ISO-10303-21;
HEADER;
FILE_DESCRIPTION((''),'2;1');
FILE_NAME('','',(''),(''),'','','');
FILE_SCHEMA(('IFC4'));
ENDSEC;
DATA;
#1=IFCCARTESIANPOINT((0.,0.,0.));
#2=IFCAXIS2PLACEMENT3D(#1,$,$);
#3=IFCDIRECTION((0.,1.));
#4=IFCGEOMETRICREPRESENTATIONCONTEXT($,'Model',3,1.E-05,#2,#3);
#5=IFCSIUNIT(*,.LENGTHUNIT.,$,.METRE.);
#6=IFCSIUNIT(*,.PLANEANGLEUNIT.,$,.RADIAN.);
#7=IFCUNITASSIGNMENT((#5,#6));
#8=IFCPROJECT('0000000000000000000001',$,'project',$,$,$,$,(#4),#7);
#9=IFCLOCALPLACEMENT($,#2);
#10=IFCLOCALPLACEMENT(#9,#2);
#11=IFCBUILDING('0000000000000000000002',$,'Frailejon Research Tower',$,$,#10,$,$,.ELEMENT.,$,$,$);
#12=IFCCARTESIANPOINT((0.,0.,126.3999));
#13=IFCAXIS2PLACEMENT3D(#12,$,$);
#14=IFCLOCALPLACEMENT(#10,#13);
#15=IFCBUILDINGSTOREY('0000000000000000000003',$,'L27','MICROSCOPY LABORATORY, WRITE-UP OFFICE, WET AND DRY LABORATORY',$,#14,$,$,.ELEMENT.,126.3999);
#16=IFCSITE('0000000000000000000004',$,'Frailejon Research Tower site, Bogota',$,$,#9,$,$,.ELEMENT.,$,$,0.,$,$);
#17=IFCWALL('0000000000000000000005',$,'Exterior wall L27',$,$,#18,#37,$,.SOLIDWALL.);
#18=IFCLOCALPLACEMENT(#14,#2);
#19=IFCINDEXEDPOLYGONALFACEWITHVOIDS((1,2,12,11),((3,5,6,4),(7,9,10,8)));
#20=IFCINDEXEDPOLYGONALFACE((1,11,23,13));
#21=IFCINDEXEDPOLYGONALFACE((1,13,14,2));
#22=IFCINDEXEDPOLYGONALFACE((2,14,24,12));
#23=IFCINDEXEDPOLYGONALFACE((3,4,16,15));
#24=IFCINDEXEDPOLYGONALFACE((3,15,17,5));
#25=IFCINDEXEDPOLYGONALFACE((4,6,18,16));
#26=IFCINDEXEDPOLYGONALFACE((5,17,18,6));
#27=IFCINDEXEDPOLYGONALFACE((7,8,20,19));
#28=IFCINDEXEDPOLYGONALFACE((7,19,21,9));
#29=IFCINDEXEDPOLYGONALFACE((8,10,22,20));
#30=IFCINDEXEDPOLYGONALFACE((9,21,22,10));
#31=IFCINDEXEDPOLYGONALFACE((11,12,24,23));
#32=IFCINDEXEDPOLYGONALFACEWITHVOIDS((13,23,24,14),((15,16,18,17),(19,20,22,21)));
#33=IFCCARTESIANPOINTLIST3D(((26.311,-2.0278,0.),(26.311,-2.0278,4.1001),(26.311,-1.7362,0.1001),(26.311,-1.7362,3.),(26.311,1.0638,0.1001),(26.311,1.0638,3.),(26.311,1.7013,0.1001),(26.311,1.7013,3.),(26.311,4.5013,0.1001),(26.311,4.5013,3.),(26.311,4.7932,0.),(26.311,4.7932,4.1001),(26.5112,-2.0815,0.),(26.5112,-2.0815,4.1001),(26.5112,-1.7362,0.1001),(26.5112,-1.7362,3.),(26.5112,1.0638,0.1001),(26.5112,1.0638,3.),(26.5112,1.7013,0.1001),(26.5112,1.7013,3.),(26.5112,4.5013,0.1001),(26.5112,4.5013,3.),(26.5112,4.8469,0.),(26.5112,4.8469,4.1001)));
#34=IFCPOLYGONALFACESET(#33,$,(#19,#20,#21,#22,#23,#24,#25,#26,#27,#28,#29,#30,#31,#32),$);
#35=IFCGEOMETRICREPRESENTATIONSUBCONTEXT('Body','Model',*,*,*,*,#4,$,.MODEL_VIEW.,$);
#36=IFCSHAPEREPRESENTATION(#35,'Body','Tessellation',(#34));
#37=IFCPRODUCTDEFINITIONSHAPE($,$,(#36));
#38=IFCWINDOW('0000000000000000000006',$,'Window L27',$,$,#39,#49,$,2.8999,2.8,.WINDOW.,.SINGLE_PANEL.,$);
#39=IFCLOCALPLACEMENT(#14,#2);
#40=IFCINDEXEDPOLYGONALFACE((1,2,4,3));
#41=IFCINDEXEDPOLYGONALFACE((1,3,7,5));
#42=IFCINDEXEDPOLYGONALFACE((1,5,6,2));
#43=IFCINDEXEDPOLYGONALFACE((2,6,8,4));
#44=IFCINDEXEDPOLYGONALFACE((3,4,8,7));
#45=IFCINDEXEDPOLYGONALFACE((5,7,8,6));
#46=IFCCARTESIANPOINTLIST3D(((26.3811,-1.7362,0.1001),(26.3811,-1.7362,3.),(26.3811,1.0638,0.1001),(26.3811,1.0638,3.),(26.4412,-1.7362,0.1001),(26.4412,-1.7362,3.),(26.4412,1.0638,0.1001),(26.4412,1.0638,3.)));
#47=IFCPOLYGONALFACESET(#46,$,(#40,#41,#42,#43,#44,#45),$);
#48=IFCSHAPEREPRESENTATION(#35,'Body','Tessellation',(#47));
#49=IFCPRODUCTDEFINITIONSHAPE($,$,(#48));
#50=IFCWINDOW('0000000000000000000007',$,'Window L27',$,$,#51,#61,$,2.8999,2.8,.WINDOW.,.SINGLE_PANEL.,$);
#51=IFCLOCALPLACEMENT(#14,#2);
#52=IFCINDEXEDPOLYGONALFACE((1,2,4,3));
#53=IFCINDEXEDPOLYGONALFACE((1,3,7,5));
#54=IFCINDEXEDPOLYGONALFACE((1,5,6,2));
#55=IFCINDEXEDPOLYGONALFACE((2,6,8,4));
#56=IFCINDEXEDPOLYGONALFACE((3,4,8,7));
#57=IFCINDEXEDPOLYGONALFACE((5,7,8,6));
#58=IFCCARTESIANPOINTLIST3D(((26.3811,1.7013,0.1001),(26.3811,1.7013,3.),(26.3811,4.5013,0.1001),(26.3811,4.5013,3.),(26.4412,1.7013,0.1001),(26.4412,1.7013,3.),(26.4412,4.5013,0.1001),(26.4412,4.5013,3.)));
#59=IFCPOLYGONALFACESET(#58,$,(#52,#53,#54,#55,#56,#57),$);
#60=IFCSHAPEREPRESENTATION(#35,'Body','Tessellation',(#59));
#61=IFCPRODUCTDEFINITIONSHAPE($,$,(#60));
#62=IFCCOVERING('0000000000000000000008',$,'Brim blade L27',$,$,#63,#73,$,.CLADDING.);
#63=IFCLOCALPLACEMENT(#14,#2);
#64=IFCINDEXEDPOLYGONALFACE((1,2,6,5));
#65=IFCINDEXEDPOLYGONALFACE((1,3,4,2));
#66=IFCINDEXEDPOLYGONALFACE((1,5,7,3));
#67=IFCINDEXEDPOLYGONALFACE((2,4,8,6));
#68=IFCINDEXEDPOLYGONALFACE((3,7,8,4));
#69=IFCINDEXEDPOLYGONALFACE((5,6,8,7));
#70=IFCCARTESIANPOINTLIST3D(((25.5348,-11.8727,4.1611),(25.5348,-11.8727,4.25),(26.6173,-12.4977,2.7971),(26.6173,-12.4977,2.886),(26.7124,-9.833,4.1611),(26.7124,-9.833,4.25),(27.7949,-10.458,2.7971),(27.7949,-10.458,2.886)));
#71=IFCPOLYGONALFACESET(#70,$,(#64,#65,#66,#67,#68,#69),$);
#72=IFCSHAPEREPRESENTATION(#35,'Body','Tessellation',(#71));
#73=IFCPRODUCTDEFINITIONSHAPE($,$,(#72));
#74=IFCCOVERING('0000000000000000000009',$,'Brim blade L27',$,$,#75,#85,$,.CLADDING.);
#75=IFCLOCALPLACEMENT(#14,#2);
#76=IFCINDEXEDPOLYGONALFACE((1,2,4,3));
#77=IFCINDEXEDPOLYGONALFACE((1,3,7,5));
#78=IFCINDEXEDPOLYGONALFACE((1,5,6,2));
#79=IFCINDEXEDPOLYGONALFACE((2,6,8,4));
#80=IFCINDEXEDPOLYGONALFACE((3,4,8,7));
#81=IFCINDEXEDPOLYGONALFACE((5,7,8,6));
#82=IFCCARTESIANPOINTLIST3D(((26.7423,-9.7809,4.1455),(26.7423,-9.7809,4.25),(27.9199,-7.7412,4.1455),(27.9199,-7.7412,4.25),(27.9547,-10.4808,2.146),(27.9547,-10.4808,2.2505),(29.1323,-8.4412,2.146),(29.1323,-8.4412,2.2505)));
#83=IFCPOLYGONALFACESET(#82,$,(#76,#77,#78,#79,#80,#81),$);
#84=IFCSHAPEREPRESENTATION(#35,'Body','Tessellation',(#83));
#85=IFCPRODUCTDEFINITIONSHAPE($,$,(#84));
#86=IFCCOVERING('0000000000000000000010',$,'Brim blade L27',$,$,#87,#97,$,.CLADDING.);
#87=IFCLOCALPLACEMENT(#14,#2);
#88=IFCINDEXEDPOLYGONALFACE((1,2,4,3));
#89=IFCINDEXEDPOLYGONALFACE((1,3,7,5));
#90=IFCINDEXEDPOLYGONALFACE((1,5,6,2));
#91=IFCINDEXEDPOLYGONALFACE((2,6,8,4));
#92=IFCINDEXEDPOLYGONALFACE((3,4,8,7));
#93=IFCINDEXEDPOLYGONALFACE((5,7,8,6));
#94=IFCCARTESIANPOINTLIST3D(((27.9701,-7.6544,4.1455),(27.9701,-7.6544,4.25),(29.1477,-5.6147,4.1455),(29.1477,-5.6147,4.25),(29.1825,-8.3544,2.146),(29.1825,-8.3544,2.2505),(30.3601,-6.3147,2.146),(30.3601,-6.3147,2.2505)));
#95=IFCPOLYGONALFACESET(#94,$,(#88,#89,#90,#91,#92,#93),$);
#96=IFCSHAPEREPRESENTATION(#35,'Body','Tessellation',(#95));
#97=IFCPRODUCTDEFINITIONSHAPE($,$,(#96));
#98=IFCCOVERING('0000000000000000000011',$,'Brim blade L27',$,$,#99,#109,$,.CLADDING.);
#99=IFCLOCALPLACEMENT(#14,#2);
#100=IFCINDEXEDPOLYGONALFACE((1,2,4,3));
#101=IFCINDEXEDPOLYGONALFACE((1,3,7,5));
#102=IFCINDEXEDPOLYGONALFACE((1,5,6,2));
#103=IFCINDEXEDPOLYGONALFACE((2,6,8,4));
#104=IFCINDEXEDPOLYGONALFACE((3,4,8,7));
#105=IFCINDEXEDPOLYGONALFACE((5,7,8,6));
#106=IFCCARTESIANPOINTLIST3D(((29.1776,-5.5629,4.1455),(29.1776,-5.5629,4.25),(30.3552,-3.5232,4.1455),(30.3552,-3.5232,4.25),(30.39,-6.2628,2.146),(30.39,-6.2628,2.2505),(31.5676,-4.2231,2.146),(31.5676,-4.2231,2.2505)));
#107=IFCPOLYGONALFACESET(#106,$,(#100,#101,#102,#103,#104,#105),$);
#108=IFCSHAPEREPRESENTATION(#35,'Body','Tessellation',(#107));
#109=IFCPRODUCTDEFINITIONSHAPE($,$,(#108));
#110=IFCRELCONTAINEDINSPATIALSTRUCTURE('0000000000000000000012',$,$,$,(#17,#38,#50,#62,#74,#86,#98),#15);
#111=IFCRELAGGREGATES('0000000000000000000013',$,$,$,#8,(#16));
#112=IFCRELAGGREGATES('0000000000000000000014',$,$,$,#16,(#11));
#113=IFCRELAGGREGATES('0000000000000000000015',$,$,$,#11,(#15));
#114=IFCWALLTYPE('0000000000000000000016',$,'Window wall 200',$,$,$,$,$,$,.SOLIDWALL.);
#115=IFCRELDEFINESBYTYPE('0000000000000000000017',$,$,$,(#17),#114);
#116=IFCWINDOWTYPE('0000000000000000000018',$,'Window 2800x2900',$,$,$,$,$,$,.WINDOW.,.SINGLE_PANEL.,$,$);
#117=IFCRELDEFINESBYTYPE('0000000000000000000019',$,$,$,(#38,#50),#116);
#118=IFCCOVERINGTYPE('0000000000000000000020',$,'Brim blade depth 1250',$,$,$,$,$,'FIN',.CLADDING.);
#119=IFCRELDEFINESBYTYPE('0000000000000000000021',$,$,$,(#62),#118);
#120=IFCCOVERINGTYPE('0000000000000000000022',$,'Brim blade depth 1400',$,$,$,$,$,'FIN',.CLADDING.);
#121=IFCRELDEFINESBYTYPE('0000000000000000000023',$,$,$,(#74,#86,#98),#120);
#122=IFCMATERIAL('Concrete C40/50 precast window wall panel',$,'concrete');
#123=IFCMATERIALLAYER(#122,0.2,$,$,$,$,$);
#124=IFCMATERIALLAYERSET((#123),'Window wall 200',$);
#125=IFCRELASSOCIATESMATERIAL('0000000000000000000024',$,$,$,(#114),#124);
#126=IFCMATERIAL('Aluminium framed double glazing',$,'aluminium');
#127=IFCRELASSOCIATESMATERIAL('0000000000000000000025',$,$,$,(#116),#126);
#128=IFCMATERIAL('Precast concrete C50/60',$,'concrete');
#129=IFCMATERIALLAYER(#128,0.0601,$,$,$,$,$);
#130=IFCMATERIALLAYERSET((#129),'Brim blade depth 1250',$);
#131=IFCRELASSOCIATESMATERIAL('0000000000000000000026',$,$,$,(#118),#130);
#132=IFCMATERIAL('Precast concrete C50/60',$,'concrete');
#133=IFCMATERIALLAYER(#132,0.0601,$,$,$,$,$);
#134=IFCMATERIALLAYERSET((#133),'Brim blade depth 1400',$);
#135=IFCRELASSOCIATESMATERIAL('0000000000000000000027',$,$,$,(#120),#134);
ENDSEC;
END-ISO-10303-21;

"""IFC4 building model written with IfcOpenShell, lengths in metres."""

from ifc_helpers import new_model, si_unit, direction, frame, frame_2d, origin, place, context, subcontext, project, spatial, polyline, rectangle, outline, extrude, material, layer, layer_set, type_object, element, fill, save


model = new_model("IFC4")

# Units and contexts
model_context = context("Model", 3, precision=1e-05, world=origin(), true_north=direction((0.0, 1.0)))
body_context = subcontext(model_context, "Body", "Model", "MODEL_VIEW")
ifc_project = project(units=[si_unit("LENGTHUNIT", "METRE"), si_unit("PLANEANGLEUNIT", "RADIAN")], contexts=[model_context])

# Site, building, storey
site_placement = place(None, origin())
site = spatial("IfcSite", under=ifc_project, at=site_placement, Name="Frailejon Research Tower site, Bogota", CompositionType="ELEMENT", RefElevation=0.0)
building_placement = place(site_placement, origin())
building = spatial("IfcBuilding", under=site, at=building_placement, Name="Frailejon Research Tower", CompositionType="ELEMENT")
storey_placement = place(building_placement, frame((0.0, 0.0, 126.3999)))
storey = spatial("IfcBuildingStorey", under=building, at=storey_placement, Name="L27", Description="MICROSCOPY LABORATORY, WRITE-UP OFFICE, WET AND DRY LABORATORY", CompositionType="ELEMENT", Elevation=126.3999)

# Wall, openings, windows
ifc_material_1 = material(Name="Concrete C40/50 precast window wall panel", Category="concrete")
ifc_layer_1 = layer(ifc_material_1, 0.2)
ifc_layer_set_1 = layer_set([ifc_layer_1], Name="Window wall 200")
wall_type_1 = type_object("IfcWallType", Name="Window wall 200", PredefinedType="SOLIDWALL", material=ifc_layer_set_1)
wall_1_placement = place(storey_placement, frame((26.4111, -2.0547, 0.0), z_axis=(0.0, 0.0, 1.0), x_axis=(0.0, 1.0, 0.0)))
wall_1 = element("IfcWall", 1, at=wall_1_placement, inside=storey, type_object=wall_type_1, Name="Exterior wall L27", PredefinedType="SOLIDWALL", context=body_context, shape_type="SweptSolid", body=[
    extrude(outline(polyline([(-0.0269, -0.1001), (1.1279, -0.1001), (2.2827, -0.1001), (3.4375, -0.1001), (4.592, -0.1001), (5.7468, -0.1001), (6.9016, -0.1001), (6.8479, 0.1001), (5.7109, 0.1001), (4.5742, 0.1001), (3.4375, 0.1001), (2.3005, 0.1001), (1.1636, 0.1001), (0.0269, 0.1001), (-0.0269, -0.1001)])), origin(), (0.0, 0.0, 1.0), 4.1001),
])
opening_1_placement = place(wall_1_placement, frame((0.3186, 0.0, 0.1001)))
opening_1 = element("IfcOpeningElement", 2, at=opening_1_placement, cuts=wall_1, PredefinedType="OPENING", context=body_context, shape_type="SweptSolid", body=[
    extrude(rectangle(XDim=2.8, YDim=2.8999, at=frame_2d((1.3999, 1.45))), frame((0.0, 0.1099, 0.0), z_axis=(0.0, -1.0, 0.0), x_axis=(1.0, 0.0, 0.0)), (0.0, 0.0, 1.0), 0.22),
])
opening_2_placement = place(wall_1_placement, frame((3.7561, 0.0, 0.1001)))
opening_2 = element("IfcOpeningElement", 3, at=opening_2_placement, cuts=wall_1, PredefinedType="OPENING", context=body_context, shape_type="SweptSolid", body=[
    extrude(rectangle(XDim=2.8, YDim=2.8999, at=frame_2d((1.3999, 1.45))), frame((0.0, 0.1099, 0.0), z_axis=(0.0, -1.0, 0.0), x_axis=(1.0, 0.0, 0.0)), (0.0, 0.0, 1.0), 0.22),
])
ifc_material_2 = material(Name="Aluminium framed double glazing", Category="aluminium")
window_type = type_object("IfcWindowType", Name="Window 2800x2900", PartitioningType="SINGLE_PANEL", PredefinedType="WINDOW", material=ifc_material_2)
window_1_placement = place(opening_1_placement, origin())
window_1 = element("IfcWindow", 4, at=window_1_placement, inside=storey, type_object=window_type, Name="Window L27", OverallHeight=2.8999, OverallWidth=2.8, PartitioningType="SINGLE_PANEL", PredefinedType="WINDOW", context=body_context, shape_type="SweptSolid", body=[
    extrude(rectangle(XDim=2.8, YDim=2.8999, at=frame_2d((1.3999, 1.45))), frame((0.0, 0.03, 0.0), z_axis=(0.0, -1.0, 0.0), x_axis=(1.0, 0.0, 0.0)), (0.0, 0.0, 1.0), 0.0601),
])
fill(opening_1, window_1)
window_2_placement = place(opening_2_placement, origin())
window_2 = element("IfcWindow", 5, at=window_2_placement, inside=storey, type_object=window_type, Name="Window L27", OverallHeight=2.8999, OverallWidth=2.8, PartitioningType="SINGLE_PANEL", PredefinedType="WINDOW", context=body_context, shape_type="SweptSolid", body=[
    extrude(rectangle(XDim=2.8, YDim=2.8999, at=frame_2d((1.3999, 1.45))), frame((0.0, 0.03, 0.0), z_axis=(0.0, -1.0, 0.0), x_axis=(1.0, 0.0, 0.0)), (0.0, 0.0, 1.0), 0.0601),
])
fill(opening_2, window_2)

# Coverings
ifc_material_3 = material(Name="Precast concrete C50/60", Category="concrete")
ifc_layer_2 = layer(ifc_material_3, 0.0601)
ifc_layer_set_2 = layer_set([ifc_layer_2], Name="Brim blade depth 1250")
covering_type_1 = type_object("IfcCoveringType", Name="Brim blade depth 1250", ElementType="FIN", PredefinedType="CLADDING", material=ifc_layer_set_2)
covering_placement = place(storey_placement, frame((26.7124, -9.833, 4.25), z_axis=(-0.499997, -0.866027, 0.0), x_axis=(0.866027, -0.499997, 0.0)))
element("IfcCovering", 6, at=covering_placement, inside=storey, type_object=covering_type_1, Name="Brim blade L27", PredefinedType="CLADDING", context=body_context, shape_type="SweptSolid", body=[
    extrude(outline(polyline([(0.0, -0.0889), (1.25, -1.4529), (1.25, -1.364), (0.0, 0.0), (0.0, -0.0889)])), origin(), (0.0, 0.0, 1.0), 2.3552),
])
ifc_material_4 = material(Name="Precast concrete C50/60", Category="concrete")
ifc_layer_3 = layer(ifc_material_4, 0.0601)
ifc_layer_set_3 = layer_set([ifc_layer_3], Name="Brim blade depth 1400")
covering_type_2 = type_object("IfcCoveringType", Name="Brim blade depth 1400", ElementType="FIN", PredefinedType="CLADDING", material=ifc_layer_set_3)
for number, where, z_axis, x_axis, name in (
    (7, (27.9199, -7.7412, 4.25), (-0.499997, -0.866027, 0.0), (0.866027, -0.499997, 0.0), "Brim blade L27"),
    (8, (29.1477, -5.6147, 4.25), (-0.499997, -0.866027, 0.0), (0.866027, -0.499997, 0.0), "Brim blade L27"),
    (9, (30.3552, -3.5232, 4.25), (-0.499997, -0.866027, 0.0), (0.866027, -0.499997, 0.0), "Brim blade L27"),
):
    element("IfcCovering", number, at=place(storey_placement, frame(where, z_axis=z_axis, x_axis=x_axis)), inside=storey, type_object=covering_type_2, Name=name, PredefinedType="CLADDING", context=body_context, shape_type="SweptSolid", body=[
        extrude(outline(polyline([(0.0, -0.1045), (1.3999, -2.104), (1.3999, -1.9995), (0.0, 0.0), (0.0, -0.1045)])), origin(), (0.0, 0.0, 1.0), 2.3552),
    ])

save(model, "model.ifc")
